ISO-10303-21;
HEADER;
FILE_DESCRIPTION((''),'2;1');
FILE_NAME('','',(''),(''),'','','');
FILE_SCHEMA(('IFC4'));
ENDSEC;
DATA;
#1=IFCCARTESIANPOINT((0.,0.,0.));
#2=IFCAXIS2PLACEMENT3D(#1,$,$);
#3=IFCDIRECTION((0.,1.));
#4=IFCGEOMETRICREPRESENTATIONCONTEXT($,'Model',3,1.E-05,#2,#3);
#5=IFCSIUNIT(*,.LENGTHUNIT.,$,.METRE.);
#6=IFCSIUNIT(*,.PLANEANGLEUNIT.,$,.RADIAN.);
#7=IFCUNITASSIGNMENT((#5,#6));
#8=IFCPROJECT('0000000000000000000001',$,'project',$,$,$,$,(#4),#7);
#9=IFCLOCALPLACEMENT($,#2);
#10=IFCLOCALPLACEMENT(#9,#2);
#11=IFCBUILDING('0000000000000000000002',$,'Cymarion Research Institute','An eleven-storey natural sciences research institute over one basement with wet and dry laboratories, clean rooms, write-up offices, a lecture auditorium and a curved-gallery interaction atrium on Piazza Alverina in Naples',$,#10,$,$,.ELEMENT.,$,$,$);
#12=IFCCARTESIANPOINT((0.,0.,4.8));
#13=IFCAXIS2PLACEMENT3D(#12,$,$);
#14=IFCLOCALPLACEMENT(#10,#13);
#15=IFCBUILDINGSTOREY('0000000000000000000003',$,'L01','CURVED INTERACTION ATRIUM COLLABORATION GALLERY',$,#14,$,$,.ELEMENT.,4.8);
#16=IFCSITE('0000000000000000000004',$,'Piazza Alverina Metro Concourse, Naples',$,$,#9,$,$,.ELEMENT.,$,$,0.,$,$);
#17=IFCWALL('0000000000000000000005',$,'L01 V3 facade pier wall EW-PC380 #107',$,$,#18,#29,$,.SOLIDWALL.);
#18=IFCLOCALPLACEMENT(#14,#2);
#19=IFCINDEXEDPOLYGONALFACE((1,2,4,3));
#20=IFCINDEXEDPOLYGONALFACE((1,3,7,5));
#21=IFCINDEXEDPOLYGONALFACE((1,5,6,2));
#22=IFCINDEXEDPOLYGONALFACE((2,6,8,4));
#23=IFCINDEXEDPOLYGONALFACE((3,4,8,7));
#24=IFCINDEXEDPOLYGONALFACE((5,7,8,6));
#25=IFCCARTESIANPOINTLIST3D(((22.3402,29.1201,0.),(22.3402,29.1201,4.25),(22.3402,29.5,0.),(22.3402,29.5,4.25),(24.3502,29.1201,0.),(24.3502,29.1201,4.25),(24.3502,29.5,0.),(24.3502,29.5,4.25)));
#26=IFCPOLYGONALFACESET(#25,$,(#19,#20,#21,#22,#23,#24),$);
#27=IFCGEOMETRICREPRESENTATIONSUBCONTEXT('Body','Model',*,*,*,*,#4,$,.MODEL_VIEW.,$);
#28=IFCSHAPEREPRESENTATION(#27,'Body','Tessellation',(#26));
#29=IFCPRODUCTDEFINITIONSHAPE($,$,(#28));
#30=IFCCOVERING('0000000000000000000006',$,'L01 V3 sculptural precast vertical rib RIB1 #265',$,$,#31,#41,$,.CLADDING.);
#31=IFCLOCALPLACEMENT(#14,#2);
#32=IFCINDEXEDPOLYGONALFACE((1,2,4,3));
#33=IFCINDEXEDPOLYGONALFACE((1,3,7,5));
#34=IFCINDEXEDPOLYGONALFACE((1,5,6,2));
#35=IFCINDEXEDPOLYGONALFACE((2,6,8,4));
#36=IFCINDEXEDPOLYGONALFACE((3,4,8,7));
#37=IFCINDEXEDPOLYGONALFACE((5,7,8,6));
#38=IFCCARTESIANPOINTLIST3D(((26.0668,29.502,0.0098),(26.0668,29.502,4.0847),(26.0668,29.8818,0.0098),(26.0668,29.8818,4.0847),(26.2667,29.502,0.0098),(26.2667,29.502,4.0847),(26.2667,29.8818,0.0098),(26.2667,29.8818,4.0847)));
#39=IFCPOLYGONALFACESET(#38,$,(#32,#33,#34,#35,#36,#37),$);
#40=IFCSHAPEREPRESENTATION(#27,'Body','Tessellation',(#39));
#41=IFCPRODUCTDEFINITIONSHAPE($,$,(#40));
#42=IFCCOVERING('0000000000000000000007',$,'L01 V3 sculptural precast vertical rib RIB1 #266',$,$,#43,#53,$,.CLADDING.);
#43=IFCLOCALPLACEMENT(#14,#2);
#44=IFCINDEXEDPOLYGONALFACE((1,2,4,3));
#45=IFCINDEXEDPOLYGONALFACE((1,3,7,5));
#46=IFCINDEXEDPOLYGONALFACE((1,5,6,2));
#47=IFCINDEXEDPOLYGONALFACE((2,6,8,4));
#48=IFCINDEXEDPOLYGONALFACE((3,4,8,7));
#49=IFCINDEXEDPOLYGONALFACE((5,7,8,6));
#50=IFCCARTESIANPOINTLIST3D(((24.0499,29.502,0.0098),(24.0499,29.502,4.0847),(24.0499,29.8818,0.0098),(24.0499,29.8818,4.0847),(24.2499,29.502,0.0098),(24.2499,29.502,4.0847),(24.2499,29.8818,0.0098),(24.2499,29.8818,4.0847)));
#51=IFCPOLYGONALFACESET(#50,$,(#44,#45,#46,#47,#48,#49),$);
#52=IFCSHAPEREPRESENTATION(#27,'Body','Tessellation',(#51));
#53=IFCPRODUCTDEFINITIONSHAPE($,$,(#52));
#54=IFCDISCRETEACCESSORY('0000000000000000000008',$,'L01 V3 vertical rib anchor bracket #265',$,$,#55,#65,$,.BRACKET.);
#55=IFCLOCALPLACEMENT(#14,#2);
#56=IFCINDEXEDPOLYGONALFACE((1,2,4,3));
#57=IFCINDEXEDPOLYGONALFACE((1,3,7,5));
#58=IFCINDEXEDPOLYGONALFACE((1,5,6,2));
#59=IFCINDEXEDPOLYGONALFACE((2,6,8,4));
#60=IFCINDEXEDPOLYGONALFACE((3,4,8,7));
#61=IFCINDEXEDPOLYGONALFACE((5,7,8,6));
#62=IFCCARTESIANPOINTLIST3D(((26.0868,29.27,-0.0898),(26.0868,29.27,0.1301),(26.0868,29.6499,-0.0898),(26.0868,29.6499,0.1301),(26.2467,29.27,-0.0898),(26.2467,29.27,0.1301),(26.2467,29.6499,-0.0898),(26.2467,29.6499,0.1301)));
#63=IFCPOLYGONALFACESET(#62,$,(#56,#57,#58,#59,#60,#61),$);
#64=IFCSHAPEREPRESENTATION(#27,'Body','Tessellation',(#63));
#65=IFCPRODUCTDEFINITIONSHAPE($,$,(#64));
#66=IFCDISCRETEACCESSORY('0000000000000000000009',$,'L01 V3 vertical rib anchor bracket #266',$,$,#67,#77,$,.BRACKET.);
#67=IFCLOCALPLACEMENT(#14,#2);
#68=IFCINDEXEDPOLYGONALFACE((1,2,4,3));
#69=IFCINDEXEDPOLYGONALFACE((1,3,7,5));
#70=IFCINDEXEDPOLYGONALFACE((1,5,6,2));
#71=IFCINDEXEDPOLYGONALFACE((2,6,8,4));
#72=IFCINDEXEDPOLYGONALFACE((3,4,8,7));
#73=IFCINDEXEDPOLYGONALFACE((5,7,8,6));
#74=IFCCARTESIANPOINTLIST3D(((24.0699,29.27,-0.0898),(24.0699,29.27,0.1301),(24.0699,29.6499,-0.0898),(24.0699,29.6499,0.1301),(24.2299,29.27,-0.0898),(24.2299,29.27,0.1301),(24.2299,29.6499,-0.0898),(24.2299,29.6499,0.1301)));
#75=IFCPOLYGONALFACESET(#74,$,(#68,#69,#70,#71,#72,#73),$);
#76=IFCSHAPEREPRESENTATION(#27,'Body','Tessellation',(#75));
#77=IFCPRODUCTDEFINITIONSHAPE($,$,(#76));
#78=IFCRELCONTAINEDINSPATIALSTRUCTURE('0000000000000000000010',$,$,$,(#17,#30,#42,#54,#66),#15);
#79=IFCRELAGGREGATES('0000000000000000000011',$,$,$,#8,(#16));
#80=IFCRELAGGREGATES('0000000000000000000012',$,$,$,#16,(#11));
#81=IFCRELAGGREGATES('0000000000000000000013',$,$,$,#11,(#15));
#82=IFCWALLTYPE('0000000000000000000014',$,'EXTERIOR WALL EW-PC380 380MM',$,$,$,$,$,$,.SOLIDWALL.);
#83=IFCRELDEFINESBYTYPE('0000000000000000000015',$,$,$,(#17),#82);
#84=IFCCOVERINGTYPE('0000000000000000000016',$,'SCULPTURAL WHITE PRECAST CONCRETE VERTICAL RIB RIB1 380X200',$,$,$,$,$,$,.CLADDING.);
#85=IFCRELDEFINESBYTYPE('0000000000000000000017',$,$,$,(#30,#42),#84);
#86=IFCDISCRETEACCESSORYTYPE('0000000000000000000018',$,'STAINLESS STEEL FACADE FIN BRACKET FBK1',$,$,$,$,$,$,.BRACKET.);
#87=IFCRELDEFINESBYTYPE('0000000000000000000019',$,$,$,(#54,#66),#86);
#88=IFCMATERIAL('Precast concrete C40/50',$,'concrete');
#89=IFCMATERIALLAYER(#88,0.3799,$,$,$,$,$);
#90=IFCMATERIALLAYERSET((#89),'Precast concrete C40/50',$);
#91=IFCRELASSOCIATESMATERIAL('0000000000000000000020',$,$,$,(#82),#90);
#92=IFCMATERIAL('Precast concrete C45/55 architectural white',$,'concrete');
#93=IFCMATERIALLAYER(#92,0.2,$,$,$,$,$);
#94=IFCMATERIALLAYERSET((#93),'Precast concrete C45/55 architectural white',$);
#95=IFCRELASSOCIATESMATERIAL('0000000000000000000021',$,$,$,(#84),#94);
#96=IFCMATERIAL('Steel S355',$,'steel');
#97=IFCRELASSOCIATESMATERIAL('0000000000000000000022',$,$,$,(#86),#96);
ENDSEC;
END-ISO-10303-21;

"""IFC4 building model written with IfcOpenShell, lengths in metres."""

from ifc_helpers import new_model, si_unit, direction, frame, frame_2d, origin, origin_2d, place, context, subcontext, project, spatial, rectangle, extrude, material, layer, layer_set, type_object, element, save


model = new_model("IFC4")

# Units and contexts
model_context = context("Model", 3, precision=1e-05, world=origin(), true_north=direction((0.0, 1.0)))
body_context = subcontext(model_context, "Body", "Model", "MODEL_VIEW")
ifc_project = project(units=[si_unit("LENGTHUNIT", "METRE"), si_unit("PLANEANGLEUNIT", "RADIAN")], contexts=[model_context])

# Site, building, storey
site_placement = place(None, origin())
site = spatial("IfcSite", under=ifc_project, at=site_placement, Name="Piazza Alverina Metro Concourse, Naples", CompositionType="ELEMENT", RefElevation=0.0)
building_placement = place(site_placement, origin())
building = spatial("IfcBuilding", under=site, at=building_placement, Name="Cymarion Research Institute", Description="An eleven-storey natural sciences research institute over one basement with wet and dry laboratories, clean rooms, write-up offices, a lecture auditorium and a curved-gallery interaction atrium on Piazza Alverina in Naples", CompositionType="ELEMENT")
storey_placement = place(building_placement, frame((0.0, 0.0, 4.8)))
storey = spatial("IfcBuildingStorey", under=building, at=storey_placement, Name="L01", Description="CURVED INTERACTION ATRIUM COLLABORATION GALLERY", CompositionType="ELEMENT", Elevation=4.8)

# Shared definitions
ifc_material_1 = material(Name="Steel S355", Category="steel")

# Wall
ifc_material_2 = material(Name="Precast concrete C40/50", Category="concrete")
ifc_layer_1 = layer(ifc_material_2, 0.3799)
ifc_layer_set_1 = layer_set([ifc_layer_1], Name="Precast concrete C40/50")
wall_type = type_object("IfcWallType", Name="EXTERIOR WALL EW-PC380 380MM", PredefinedType="SOLIDWALL", material=ifc_layer_set_1)
wall_placement = place(storey_placement, frame((24.3501, 29.3101, 0.0), z_axis=(0.0, 0.0, 1.0), x_axis=(-1.0, 0.0, 0.0)))
element("IfcWall", 1, at=wall_placement, inside=storey, type_object=wall_type, Name="L01 V3 facade pier wall EW-PC380 #107", PredefinedType="SOLIDWALL", context=body_context, shape_type="SweptSolid", body=[
    extrude(rectangle(XDim=2.01, YDim=0.3799, at=frame_2d((1.0049, 0.0))), origin(), (0.0, 0.0, 1.0), 4.25),
])

# Coverings
ifc_material_3 = material(Name="Precast concrete C45/55 architectural white", Category="concrete")
ifc_layer_2 = layer(ifc_material_3, 0.2)
ifc_layer_set_2 = layer_set([ifc_layer_2], Name="Precast concrete C45/55 architectural white")
covering_type = type_object("IfcCoveringType", Name="SCULPTURAL WHITE PRECAST CONCRETE VERTICAL RIB RIB1 380X200", PredefinedType="CLADDING", material=ifc_layer_set_2)
for number, where, z_axis, x_axis, name in (
    (2, (26.1667, 29.6919, 0.0098), (0.0, 0.0, 1.0), (0.0, 1.0, 0.0), "L01 V3 sculptural precast vertical rib RIB1 #265"),
    (3, (24.1499, 29.6919, 0.0098), (0.0, 0.0, 1.0), (0.0, 1.0, 0.0), "L01 V3 sculptural precast vertical rib RIB1 #266"),
):
    element("IfcCovering", number, at=place(storey_placement, frame(where, z_axis=z_axis, x_axis=x_axis)), inside=storey, type_object=covering_type, Name=name, PredefinedType="CLADDING", context=body_context, shape_type="SweptSolid", body=[
        extrude(rectangle(XDim=0.3799, YDim=0.2, at=origin_2d()), origin(), (0.0, 0.0, 1.0), 4.075),
    ])

# Discrete accessories
discrete_accessory_type = type_object("IfcDiscreteAccessoryType", Name="STAINLESS STEEL FACADE FIN BRACKET FBK1", PredefinedType="BRACKET", material=ifc_material_1)
for number, where, z_axis, x_axis, name in (
    (4, (26.1667, 29.46, -0.0898), (0.0, 0.0, 1.0), (0.0, 1.0, 0.0), "L01 V3 vertical rib anchor bracket #265"),
    (5, (24.1499, 29.46, -0.0898), (0.0, 0.0, 1.0), (0.0, 1.0, 0.0), "L01 V3 vertical rib anchor bracket #266"),
):
    element("IfcDiscreteAccessory", number, at=place(storey_placement, frame(where, z_axis=z_axis, x_axis=x_axis)), inside=storey, type_object=discrete_accessory_type, Name=name, PredefinedType="BRACKET", context=body_context, shape_type="SweptSolid", body=[
        extrude(rectangle(XDim=0.3799, YDim=0.1599, at=origin_2d()), origin(), (0.0, 0.0, 1.0), 0.22),
    ])

save(model, "model.ifc")
